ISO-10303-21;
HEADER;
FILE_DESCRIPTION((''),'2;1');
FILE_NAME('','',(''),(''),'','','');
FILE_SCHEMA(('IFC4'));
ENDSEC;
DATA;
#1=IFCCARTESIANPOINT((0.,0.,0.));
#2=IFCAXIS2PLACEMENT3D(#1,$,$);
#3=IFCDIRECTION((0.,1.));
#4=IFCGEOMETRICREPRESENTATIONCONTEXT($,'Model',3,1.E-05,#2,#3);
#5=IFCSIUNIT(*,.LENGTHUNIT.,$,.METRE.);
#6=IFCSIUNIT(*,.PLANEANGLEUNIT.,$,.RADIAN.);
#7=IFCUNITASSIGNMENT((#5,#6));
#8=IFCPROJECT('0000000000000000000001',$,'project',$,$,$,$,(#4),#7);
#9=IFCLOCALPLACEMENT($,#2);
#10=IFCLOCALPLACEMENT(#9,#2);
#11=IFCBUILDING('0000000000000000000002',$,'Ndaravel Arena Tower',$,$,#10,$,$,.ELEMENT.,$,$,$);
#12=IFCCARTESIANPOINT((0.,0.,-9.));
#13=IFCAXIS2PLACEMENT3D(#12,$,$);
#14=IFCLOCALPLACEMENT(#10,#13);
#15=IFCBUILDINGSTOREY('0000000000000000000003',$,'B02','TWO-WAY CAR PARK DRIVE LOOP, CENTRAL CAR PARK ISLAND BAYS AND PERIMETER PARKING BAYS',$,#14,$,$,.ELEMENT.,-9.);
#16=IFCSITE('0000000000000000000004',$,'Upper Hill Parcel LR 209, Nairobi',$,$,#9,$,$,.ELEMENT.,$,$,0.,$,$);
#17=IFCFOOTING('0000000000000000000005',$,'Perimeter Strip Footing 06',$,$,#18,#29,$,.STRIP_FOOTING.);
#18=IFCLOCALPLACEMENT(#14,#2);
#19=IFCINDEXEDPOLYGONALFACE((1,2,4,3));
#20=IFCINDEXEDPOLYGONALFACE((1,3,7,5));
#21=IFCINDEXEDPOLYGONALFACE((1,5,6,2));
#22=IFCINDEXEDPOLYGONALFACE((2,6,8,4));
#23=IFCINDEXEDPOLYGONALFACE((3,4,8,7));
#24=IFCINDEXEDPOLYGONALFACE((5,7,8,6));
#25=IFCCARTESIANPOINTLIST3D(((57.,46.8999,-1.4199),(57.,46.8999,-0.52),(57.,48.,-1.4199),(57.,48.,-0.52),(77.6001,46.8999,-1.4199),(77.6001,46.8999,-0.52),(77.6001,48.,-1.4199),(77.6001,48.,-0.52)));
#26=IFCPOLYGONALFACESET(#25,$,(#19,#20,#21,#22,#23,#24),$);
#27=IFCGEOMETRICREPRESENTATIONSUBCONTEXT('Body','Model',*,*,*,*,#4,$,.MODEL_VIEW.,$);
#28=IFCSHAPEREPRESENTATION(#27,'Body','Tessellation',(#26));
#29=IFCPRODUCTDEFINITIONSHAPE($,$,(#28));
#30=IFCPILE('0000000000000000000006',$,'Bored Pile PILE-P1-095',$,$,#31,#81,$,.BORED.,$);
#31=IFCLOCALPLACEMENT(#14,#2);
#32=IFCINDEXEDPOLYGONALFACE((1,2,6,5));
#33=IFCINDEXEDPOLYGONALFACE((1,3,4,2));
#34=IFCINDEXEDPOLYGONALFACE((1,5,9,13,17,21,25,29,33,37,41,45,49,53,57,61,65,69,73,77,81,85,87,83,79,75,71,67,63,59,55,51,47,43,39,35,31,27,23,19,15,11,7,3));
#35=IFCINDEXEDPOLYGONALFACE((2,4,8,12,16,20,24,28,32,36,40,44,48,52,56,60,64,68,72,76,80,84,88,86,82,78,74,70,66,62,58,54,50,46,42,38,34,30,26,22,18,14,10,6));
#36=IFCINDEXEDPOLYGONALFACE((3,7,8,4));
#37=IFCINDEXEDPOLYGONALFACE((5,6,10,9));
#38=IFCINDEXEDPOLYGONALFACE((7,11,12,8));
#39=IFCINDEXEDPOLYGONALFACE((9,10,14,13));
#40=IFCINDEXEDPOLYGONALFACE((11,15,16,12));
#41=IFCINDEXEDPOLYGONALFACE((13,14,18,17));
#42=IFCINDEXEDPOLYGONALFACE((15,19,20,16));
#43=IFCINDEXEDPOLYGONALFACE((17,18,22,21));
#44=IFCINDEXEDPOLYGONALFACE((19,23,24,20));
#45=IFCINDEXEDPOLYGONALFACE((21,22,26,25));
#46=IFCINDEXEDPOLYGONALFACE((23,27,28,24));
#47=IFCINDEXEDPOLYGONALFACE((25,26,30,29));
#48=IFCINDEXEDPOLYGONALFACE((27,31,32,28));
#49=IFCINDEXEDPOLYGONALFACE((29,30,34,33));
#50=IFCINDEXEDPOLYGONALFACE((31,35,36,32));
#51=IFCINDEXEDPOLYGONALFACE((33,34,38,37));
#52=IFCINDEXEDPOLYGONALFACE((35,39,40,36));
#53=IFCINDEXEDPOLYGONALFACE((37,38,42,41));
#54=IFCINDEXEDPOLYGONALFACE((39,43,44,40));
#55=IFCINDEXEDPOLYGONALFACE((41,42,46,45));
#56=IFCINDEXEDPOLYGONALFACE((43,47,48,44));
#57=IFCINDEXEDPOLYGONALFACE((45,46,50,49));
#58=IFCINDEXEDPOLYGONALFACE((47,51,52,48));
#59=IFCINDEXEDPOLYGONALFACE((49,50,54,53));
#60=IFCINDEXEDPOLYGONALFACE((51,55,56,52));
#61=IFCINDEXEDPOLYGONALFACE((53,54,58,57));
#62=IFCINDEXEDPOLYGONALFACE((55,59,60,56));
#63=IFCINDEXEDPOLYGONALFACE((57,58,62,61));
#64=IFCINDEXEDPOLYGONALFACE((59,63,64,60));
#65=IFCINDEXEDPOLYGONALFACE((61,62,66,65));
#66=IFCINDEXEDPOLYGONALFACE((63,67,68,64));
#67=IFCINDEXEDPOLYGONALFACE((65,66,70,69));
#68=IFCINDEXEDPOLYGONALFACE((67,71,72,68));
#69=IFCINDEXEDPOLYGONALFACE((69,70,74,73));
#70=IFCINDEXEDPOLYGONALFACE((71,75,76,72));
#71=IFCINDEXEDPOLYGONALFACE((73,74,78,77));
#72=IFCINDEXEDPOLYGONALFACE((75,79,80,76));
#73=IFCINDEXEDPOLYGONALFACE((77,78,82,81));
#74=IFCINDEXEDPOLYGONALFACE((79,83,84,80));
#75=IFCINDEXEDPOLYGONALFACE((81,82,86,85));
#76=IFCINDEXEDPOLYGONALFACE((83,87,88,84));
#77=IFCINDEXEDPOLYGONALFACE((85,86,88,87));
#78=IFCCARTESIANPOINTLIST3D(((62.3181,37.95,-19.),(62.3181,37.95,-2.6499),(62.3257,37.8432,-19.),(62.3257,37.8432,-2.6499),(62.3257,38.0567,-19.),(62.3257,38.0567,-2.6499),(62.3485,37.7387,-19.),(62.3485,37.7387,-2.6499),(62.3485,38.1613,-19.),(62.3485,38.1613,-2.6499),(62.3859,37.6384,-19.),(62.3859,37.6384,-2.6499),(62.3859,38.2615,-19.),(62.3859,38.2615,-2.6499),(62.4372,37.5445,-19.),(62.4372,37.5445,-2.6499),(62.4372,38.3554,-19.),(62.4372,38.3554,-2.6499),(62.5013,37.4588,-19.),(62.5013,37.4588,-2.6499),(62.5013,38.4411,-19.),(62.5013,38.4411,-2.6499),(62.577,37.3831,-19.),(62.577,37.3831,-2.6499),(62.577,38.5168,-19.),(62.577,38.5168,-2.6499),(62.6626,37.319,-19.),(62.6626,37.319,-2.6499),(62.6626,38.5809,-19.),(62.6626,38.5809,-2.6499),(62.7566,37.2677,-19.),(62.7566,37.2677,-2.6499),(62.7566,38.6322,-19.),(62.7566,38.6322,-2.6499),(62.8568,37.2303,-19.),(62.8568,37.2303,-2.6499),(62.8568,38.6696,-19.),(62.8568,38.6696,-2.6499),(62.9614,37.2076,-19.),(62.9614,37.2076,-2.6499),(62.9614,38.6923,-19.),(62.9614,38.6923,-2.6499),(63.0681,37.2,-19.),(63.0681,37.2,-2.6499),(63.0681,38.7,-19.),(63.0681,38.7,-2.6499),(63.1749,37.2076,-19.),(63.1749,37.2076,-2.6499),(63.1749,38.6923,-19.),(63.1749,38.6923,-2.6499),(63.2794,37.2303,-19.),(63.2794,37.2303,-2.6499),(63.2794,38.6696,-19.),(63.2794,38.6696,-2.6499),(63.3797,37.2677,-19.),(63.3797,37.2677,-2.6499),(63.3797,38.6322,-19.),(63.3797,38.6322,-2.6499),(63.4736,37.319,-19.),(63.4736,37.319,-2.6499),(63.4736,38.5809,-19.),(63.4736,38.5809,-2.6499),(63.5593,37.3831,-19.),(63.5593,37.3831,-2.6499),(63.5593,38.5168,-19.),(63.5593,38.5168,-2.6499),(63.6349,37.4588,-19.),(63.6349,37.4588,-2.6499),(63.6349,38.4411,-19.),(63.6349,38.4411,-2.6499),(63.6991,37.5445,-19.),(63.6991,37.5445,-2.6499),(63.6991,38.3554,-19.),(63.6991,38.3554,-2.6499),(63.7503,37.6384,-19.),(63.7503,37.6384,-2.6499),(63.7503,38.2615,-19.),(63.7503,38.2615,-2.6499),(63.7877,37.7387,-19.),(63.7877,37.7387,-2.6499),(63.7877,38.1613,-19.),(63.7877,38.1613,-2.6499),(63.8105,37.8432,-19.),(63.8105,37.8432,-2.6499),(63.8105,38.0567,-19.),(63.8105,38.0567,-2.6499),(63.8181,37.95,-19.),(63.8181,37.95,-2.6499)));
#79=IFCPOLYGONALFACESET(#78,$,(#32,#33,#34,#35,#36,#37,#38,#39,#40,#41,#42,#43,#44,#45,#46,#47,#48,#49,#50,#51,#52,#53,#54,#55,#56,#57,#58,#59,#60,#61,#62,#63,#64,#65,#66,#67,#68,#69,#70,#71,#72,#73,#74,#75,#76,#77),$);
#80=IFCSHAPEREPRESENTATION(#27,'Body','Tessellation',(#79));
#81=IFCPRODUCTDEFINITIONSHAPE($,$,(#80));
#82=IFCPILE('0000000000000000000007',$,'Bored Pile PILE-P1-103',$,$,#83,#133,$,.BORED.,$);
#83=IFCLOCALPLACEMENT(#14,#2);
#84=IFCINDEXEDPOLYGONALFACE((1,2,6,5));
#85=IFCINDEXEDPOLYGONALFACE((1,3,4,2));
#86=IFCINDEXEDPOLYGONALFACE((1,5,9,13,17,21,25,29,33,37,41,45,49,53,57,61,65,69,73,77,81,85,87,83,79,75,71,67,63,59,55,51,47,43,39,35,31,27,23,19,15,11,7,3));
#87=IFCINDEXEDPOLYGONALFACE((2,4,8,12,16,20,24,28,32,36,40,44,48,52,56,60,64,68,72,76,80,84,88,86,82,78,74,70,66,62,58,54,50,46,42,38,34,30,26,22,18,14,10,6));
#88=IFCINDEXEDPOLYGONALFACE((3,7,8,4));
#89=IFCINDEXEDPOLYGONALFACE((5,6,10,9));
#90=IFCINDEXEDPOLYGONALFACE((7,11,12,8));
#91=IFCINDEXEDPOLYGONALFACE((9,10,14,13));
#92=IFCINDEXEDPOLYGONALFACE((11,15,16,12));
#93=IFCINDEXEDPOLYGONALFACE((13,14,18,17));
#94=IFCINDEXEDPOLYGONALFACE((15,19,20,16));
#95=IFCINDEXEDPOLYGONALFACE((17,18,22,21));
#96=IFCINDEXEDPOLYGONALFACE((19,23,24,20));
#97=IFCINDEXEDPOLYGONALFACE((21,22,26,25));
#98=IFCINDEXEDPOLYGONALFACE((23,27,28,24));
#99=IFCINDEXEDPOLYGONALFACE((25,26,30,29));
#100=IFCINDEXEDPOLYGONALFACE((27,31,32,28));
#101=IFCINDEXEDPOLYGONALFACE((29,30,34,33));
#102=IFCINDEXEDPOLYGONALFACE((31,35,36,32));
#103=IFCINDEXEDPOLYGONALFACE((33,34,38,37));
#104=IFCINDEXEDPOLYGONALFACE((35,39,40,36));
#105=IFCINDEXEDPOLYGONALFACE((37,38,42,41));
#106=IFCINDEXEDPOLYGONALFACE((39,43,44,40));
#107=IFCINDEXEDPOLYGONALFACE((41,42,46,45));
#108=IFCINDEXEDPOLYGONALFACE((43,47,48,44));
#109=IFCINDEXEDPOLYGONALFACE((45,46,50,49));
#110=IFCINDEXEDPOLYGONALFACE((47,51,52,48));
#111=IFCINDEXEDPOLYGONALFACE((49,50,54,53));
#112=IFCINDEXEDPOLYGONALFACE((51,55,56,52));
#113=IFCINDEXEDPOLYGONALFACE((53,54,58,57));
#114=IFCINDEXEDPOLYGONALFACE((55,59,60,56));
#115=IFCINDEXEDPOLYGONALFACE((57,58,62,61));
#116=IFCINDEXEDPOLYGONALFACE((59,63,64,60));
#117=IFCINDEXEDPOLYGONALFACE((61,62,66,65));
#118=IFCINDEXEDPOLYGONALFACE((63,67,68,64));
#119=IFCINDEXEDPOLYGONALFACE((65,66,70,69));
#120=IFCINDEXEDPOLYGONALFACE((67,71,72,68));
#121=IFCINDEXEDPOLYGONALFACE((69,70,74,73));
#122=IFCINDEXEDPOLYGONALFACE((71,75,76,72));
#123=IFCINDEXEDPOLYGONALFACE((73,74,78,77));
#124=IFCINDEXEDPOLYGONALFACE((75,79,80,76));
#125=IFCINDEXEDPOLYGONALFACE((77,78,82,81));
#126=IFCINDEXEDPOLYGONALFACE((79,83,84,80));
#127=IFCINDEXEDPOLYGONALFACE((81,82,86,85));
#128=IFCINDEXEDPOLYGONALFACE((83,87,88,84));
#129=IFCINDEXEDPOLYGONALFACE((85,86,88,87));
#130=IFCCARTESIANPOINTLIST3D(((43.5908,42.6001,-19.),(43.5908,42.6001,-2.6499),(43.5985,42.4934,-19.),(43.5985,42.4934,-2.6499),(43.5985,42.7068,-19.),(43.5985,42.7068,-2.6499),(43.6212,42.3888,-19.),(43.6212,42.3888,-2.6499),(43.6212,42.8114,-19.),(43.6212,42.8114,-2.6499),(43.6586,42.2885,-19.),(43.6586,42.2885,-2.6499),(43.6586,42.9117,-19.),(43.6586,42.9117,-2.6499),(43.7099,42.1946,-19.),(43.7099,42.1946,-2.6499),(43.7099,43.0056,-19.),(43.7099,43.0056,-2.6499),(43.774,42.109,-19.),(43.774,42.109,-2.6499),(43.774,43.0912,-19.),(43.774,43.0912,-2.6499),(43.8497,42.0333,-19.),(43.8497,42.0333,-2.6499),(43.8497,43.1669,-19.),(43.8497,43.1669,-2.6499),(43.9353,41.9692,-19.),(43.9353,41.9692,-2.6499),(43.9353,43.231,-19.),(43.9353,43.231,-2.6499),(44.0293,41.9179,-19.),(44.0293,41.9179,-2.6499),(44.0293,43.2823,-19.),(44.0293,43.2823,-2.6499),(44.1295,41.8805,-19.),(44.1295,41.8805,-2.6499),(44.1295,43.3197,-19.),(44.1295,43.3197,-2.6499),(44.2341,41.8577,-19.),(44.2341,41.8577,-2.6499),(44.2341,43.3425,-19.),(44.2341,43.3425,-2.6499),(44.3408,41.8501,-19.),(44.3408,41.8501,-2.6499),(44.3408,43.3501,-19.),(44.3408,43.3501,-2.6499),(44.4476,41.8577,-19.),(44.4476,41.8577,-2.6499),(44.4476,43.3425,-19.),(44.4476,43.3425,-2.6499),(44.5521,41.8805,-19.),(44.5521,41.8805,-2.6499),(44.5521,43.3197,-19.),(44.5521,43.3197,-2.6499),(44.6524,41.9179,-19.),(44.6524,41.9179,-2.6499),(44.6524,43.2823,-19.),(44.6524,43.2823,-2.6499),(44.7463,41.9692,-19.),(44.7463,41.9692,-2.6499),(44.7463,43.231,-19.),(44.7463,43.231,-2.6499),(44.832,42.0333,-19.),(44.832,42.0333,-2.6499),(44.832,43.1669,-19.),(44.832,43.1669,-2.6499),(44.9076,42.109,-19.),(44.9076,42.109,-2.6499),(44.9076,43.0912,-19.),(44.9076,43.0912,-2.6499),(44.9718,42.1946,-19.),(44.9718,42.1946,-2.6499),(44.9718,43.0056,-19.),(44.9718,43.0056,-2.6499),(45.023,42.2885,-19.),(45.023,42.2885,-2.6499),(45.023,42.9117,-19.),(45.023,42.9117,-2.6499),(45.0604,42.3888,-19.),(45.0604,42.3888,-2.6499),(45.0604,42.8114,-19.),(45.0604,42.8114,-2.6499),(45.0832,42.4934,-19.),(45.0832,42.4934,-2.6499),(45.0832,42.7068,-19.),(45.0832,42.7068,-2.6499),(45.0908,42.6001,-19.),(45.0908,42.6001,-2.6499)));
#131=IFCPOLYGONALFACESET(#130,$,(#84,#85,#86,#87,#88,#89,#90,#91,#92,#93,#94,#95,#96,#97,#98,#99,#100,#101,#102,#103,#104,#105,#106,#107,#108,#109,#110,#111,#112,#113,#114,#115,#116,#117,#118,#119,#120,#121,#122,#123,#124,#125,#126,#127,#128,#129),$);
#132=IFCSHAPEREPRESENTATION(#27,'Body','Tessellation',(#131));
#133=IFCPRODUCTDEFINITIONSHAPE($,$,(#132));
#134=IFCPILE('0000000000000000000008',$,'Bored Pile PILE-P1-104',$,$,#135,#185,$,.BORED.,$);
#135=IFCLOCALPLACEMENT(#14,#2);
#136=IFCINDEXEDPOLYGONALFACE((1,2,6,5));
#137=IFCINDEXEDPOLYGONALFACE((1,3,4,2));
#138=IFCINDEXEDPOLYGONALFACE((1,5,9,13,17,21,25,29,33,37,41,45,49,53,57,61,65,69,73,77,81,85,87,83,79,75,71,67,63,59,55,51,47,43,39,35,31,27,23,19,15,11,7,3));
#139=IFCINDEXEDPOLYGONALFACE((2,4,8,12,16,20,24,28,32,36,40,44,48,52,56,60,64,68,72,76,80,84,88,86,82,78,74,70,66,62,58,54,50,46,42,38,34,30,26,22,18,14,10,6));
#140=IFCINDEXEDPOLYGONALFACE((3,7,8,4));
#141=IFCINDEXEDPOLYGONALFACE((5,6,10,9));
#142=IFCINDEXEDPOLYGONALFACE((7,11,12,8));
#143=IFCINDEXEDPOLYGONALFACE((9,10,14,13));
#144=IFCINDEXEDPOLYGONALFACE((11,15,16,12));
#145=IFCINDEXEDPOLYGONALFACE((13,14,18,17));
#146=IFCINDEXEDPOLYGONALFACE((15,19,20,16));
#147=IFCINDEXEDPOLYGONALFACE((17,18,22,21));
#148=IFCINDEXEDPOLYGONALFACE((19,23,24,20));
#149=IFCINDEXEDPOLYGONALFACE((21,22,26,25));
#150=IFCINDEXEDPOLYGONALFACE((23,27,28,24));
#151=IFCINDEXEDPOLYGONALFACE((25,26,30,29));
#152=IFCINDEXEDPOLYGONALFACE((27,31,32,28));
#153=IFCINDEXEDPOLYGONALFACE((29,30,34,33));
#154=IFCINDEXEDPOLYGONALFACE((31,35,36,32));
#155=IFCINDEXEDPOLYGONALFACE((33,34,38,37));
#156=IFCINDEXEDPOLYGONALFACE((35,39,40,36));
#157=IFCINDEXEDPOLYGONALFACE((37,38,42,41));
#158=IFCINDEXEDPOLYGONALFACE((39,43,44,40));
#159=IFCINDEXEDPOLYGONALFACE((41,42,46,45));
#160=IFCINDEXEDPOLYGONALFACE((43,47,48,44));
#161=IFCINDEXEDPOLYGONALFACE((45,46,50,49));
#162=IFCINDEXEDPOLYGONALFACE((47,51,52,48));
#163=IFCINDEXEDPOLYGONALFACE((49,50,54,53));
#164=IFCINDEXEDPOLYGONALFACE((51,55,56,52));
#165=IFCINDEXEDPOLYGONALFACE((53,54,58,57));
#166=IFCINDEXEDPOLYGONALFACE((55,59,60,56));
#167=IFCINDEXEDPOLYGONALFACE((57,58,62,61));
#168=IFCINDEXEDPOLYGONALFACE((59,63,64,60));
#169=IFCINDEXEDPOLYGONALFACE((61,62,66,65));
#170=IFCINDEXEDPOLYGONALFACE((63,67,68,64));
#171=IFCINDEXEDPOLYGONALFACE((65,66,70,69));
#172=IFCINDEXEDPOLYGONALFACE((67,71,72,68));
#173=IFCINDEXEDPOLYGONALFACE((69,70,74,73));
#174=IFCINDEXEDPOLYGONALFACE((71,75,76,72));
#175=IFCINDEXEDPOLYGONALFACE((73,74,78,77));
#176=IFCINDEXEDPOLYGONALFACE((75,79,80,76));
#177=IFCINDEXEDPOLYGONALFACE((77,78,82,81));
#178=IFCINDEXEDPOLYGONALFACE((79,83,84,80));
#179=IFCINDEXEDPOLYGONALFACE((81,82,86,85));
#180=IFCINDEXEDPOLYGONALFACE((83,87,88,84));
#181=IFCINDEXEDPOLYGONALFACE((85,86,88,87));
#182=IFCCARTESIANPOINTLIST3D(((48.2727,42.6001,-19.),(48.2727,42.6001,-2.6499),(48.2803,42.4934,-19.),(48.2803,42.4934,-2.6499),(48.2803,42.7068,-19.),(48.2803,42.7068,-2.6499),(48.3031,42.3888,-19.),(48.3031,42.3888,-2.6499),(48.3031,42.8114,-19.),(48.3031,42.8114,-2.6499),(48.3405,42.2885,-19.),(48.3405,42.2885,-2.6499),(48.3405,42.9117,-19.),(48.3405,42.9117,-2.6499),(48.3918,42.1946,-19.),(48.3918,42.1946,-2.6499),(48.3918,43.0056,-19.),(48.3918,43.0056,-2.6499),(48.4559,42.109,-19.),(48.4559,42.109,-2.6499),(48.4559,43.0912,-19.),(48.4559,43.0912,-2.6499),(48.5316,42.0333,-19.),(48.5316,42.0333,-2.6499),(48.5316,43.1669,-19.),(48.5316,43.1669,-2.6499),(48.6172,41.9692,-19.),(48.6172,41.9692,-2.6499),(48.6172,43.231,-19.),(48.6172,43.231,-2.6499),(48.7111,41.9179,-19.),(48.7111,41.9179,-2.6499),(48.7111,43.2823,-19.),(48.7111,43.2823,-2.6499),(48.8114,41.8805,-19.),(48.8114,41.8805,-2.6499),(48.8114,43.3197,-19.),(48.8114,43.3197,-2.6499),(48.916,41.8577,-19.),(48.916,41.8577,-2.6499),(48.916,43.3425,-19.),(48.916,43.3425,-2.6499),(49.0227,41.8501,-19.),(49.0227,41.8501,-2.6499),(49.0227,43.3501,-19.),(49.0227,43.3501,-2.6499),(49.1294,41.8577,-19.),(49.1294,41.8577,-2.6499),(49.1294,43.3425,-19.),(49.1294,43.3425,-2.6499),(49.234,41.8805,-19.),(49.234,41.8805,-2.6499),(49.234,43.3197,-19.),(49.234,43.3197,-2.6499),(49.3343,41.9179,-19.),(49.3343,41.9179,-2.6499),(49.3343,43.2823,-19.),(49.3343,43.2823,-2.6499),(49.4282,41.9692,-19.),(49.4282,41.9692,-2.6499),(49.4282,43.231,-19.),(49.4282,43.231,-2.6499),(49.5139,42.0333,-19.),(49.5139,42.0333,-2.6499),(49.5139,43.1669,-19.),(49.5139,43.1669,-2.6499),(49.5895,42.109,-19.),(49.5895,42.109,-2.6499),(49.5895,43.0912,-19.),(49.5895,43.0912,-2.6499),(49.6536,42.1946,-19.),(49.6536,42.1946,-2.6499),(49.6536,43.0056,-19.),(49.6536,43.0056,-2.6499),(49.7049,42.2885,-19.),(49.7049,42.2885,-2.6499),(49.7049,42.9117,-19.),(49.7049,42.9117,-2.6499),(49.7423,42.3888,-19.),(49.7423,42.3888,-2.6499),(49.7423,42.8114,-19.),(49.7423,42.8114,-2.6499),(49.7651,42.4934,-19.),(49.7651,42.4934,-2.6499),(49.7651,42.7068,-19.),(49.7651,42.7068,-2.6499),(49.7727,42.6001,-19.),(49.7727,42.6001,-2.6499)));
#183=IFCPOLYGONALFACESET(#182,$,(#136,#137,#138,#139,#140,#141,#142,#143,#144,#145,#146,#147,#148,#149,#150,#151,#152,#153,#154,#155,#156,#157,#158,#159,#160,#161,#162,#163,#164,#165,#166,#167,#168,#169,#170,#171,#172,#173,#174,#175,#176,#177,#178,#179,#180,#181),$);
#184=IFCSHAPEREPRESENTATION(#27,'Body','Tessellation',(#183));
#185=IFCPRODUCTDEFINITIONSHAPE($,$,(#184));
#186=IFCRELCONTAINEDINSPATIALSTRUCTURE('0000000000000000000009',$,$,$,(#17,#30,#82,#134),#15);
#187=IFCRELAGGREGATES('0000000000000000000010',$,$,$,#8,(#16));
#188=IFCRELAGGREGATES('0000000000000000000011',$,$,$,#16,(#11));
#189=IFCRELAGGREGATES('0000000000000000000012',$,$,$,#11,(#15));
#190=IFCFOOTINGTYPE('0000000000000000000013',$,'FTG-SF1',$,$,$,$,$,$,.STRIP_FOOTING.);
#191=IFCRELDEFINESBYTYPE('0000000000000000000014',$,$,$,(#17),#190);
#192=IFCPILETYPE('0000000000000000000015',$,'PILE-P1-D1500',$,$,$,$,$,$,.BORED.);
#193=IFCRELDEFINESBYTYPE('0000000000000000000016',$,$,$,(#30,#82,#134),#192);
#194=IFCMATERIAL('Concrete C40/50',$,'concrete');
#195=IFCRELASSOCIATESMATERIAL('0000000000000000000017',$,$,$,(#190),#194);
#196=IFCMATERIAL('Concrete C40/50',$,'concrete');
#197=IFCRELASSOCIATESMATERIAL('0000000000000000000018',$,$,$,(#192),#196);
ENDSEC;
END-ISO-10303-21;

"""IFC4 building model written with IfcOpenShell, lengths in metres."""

from ifc_helpers import new_model, si_unit, direction, frame, origin, origin_2d, place, context, subcontext, project, spatial, rectangle, circle, extrude, material, material_profile, profile_set, type_object, element, save


model = new_model("IFC4")

# Units and contexts
model_context = context("Model", 3, precision=1e-05, world=origin(), true_north=direction((0.0, 1.0)))
body_context = subcontext(model_context, "Body", "Model", "MODEL_VIEW")
ifc_project = project(units=[si_unit("LENGTHUNIT", "METRE"), si_unit("PLANEANGLEUNIT", "RADIAN")], contexts=[model_context])

# Site, building, storey
site_placement = place(None, origin())
site = spatial("IfcSite", under=ifc_project, at=site_placement, Name="Upper Hill Parcel LR 209, Nairobi", CompositionType="ELEMENT", RefElevation=0.0)
building_placement = place(site_placement, origin())
building = spatial("IfcBuilding", under=site, at=building_placement, Name="Ndaravel Arena Tower", CompositionType="ELEMENT")
storey_placement = place(building_placement, frame((0.0, 0.0, -9.0)))
storey = spatial("IfcBuildingStorey", under=building, at=storey_placement, Name="B02", Description="TWO-WAY CAR PARK DRIVE LOOP, CENTRAL CAR PARK ISLAND BAYS AND PERIMETER PARKING BAYS", CompositionType="ELEMENT", Elevation=-9.0)

# Footing
ifc_material_1 = material(Name="Concrete C40/50", Category="concrete")
ifc_material_profile_1 = material_profile(ifc_material_1, rectangle(XDim=1.1001, YDim=0.8999, at=origin_2d()), Name="RC 1100x900")
ifc_profile_set_1 = profile_set([ifc_material_profile_1], Name="Concrete C40/50")
footing_type = type_object("IfcFootingType", Name="FTG-SF1", PredefinedType="STRIP_FOOTING", material=ifc_profile_set_1)
footing_placement = place(storey_placement, frame((57.0, 47.45, -0.97), z_axis=(1.0, 0.0, 0.0), x_axis=(0.0, 1.0, 0.0)))
element("IfcFooting", 1, at=footing_placement, inside=storey, type_object=footing_type, Name="Perimeter Strip Footing 06", PredefinedType="STRIP_FOOTING", context=body_context, shape_type="SweptSolid", body=[
    extrude(rectangle(XDim=1.1001, YDim=0.8999, at=origin_2d()), origin(), (0.0, 0.0, 1.0), 20.6001),
])

# Piles
ifc_material_2 = material(Name="Concrete C40/50", Category="concrete")
ifc_material_profile_2 = material_profile(ifc_material_2, circle(Radius=0.75, at=origin_2d()), Name="BORED PILE D1500")
ifc_profile_set_2 = profile_set([ifc_material_profile_2], Name="Concrete C40/50")
pile_type = type_object("IfcPileType", Name="PILE-P1-D1500", PredefinedType="BORED", material=ifc_profile_set_2)
for number, where, z_axis, x_axis, name in (
    (2, (63.0681, 37.95, -2.6499), (0.0, 0.0, -1.0), (1.0, 0.0, 0.0), "Bored Pile PILE-P1-095"),
    (3, (44.3408, 42.6001, -2.6499), (0.0, 0.0, -1.0), (1.0, 0.0, 0.0), "Bored Pile PILE-P1-103"),
    (4, (49.0227, 42.6001, -2.6499), (0.0, 0.0, -1.0), (1.0, 0.0, 0.0), "Bored Pile PILE-P1-104"),
):
    element("IfcPile", number, at=place(storey_placement, frame(where, z_axis=z_axis, x_axis=x_axis)), inside=storey, type_object=pile_type, Name=name, PredefinedType="BORED", context=body_context, shape_type="SweptSolid", body=[
        extrude(circle(Radius=0.75, at=origin_2d()), origin(), (0.0, 0.0, 1.0), 16.3501),
    ])

save(model, "model.ifc")
